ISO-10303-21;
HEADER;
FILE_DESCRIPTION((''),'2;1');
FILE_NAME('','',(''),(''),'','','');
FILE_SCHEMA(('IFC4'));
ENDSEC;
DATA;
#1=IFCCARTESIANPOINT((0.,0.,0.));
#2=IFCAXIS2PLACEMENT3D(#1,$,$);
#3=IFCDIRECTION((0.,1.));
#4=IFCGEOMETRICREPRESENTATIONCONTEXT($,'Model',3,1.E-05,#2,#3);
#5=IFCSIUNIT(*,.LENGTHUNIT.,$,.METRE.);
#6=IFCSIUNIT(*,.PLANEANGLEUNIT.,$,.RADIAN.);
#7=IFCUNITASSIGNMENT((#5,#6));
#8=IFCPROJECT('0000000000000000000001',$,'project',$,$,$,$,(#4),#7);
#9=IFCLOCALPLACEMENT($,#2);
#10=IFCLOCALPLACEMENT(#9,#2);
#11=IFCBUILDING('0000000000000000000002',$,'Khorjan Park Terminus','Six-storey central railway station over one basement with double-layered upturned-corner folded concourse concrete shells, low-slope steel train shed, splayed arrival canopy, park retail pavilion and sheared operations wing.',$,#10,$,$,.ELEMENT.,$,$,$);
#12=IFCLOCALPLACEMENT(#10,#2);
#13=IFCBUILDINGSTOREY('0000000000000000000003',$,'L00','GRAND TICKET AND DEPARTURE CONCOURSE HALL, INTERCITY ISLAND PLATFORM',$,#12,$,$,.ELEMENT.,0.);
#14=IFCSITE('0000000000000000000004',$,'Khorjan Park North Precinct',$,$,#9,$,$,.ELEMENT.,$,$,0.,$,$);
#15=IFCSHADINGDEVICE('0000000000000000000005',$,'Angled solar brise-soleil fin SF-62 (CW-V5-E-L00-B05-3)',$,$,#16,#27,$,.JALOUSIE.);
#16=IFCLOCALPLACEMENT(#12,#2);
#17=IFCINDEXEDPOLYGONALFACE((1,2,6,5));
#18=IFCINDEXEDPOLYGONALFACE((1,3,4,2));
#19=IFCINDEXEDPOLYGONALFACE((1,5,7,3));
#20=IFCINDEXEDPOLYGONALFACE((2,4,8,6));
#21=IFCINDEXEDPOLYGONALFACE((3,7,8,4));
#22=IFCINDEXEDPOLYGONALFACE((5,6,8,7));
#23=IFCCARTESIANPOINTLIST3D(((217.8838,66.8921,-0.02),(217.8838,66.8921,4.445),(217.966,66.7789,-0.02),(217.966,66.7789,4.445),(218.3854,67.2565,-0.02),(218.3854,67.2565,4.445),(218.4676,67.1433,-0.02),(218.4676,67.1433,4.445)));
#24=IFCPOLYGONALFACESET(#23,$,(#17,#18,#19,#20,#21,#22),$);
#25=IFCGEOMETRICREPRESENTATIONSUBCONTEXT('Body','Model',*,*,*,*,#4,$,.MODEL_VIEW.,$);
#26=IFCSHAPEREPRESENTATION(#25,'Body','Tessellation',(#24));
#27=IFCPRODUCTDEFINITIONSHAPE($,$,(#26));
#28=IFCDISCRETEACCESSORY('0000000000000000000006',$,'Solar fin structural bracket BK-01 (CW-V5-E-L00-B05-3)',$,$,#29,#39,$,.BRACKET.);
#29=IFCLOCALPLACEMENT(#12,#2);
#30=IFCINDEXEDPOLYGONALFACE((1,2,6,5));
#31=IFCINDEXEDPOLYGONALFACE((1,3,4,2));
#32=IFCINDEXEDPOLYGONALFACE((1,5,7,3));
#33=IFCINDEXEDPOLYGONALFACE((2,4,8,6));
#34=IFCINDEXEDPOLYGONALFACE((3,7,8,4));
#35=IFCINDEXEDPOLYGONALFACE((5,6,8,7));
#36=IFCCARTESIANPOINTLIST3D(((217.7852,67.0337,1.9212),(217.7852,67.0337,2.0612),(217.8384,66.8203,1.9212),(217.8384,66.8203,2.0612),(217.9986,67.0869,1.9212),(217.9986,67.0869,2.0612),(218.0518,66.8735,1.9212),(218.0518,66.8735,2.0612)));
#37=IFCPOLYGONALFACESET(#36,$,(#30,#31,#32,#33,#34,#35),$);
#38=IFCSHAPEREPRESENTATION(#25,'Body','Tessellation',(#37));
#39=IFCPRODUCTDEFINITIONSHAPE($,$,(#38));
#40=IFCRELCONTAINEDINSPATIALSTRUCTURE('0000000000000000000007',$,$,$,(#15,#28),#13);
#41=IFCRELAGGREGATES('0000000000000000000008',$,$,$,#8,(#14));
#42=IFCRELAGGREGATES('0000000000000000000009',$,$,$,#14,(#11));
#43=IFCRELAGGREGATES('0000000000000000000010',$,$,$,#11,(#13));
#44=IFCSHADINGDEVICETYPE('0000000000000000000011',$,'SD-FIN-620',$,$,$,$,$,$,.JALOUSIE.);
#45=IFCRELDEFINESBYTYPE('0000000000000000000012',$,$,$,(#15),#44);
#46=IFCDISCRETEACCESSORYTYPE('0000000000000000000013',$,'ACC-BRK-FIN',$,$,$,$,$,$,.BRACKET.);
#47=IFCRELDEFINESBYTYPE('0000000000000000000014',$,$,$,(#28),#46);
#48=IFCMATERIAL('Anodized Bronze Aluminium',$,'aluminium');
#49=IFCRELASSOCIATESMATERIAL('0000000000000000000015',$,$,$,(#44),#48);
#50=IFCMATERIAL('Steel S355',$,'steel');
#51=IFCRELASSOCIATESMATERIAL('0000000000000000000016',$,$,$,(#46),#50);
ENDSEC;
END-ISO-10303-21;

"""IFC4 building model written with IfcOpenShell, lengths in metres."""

from ifc_helpers import new_model, si_unit, direction, frame, origin, origin_2d, place, context, subcontext, project, spatial, rectangle, extrude, material, type_object, element, save


model = new_model("IFC4")

# Units and contexts
model_context = context("Model", 3, precision=1e-05, world=origin(), true_north=direction((0.0, 1.0)))
body_context = subcontext(model_context, "Body", "Model", "MODEL_VIEW")
ifc_project = project(units=[si_unit("LENGTHUNIT", "METRE"), si_unit("PLANEANGLEUNIT", "RADIAN")], contexts=[model_context])

# Site, building, storey
site_placement = place(None, origin())
site = spatial("IfcSite", under=ifc_project, at=site_placement, Name="Khorjan Park North Precinct", CompositionType="ELEMENT", RefElevation=0.0)
building_placement = place(site_placement, origin())
building = spatial("IfcBuilding", under=site, at=building_placement, Name="Khorjan Park Terminus", Description="Six-storey central railway station over one basement with double-layered upturned-corner folded concourse concrete shells, low-slope steel train shed, splayed arrival canopy, park retail pavilion and sheared operations wing.", CompositionType="ELEMENT")
storey_placement = place(building_placement, origin())
storey = spatial("IfcBuildingStorey", under=building, at=storey_placement, Name="L00", Description="GRAND TICKET AND DEPARTURE CONCOURSE HALL, INTERCITY ISLAND PLATFORM", CompositionType="ELEMENT", Elevation=0.0)

# Shared definitions
ifc_material_1 = material(Name="Anodized Bronze Aluminium", Category="aluminium")

# Shading device
shading_device_type = type_object("IfcShadingDeviceType", Name="SD-FIN-620", PredefinedType="JALOUSIE", material=ifc_material_1)
shading_device_placement = place(storey_placement, frame((218.1757, 67.0177, -0.02), z_axis=(0.0, 0.0, 1.0), x_axis=(-0.809017, -0.587785, 0.0)))
element("IfcShadingDevice", 1, at=shading_device_placement, inside=storey, type_object=shading_device_type, Name="Angled solar brise-soleil fin SF-62 (CW-V5-E-L00-B05-3)", PredefinedType="JALOUSIE", context=body_context, shape_type="SweptSolid", body=[
    extrude(rectangle(XDim=0.62, YDim=0.14, at=origin_2d()), origin(), (0.0, 0.0, 1.0), 4.465),
])

# Discrete accessory
ifc_material_2 = material(Name="Steel S355", Category="steel")
discrete_accessory_type = type_object("IfcDiscreteAccessoryType", Name="ACC-BRK-FIN", PredefinedType="BRACKET", material=ifc_material_2)
discrete_accessory_placement = place(storey_placement, frame((217.9185, 66.9536, 1.9212), z_axis=(0.0, 0.0, 1.0), x_axis=(-0.241935, 0.970292, 0.0)))
element("IfcDiscreteAccessory", 2, at=discrete_accessory_placement, inside=storey, type_object=discrete_accessory_type, Name="Solar fin structural bracket BK-01 (CW-V5-E-L00-B05-3)", PredefinedType="BRACKET", context=body_context, shape_type="SweptSolid", body=[
    extrude(rectangle(XDim=0.22, YDim=0.22, at=origin_2d()), origin(), (0.0, 0.0, 1.0), 0.14),
])

save(model, "model.ifc")
